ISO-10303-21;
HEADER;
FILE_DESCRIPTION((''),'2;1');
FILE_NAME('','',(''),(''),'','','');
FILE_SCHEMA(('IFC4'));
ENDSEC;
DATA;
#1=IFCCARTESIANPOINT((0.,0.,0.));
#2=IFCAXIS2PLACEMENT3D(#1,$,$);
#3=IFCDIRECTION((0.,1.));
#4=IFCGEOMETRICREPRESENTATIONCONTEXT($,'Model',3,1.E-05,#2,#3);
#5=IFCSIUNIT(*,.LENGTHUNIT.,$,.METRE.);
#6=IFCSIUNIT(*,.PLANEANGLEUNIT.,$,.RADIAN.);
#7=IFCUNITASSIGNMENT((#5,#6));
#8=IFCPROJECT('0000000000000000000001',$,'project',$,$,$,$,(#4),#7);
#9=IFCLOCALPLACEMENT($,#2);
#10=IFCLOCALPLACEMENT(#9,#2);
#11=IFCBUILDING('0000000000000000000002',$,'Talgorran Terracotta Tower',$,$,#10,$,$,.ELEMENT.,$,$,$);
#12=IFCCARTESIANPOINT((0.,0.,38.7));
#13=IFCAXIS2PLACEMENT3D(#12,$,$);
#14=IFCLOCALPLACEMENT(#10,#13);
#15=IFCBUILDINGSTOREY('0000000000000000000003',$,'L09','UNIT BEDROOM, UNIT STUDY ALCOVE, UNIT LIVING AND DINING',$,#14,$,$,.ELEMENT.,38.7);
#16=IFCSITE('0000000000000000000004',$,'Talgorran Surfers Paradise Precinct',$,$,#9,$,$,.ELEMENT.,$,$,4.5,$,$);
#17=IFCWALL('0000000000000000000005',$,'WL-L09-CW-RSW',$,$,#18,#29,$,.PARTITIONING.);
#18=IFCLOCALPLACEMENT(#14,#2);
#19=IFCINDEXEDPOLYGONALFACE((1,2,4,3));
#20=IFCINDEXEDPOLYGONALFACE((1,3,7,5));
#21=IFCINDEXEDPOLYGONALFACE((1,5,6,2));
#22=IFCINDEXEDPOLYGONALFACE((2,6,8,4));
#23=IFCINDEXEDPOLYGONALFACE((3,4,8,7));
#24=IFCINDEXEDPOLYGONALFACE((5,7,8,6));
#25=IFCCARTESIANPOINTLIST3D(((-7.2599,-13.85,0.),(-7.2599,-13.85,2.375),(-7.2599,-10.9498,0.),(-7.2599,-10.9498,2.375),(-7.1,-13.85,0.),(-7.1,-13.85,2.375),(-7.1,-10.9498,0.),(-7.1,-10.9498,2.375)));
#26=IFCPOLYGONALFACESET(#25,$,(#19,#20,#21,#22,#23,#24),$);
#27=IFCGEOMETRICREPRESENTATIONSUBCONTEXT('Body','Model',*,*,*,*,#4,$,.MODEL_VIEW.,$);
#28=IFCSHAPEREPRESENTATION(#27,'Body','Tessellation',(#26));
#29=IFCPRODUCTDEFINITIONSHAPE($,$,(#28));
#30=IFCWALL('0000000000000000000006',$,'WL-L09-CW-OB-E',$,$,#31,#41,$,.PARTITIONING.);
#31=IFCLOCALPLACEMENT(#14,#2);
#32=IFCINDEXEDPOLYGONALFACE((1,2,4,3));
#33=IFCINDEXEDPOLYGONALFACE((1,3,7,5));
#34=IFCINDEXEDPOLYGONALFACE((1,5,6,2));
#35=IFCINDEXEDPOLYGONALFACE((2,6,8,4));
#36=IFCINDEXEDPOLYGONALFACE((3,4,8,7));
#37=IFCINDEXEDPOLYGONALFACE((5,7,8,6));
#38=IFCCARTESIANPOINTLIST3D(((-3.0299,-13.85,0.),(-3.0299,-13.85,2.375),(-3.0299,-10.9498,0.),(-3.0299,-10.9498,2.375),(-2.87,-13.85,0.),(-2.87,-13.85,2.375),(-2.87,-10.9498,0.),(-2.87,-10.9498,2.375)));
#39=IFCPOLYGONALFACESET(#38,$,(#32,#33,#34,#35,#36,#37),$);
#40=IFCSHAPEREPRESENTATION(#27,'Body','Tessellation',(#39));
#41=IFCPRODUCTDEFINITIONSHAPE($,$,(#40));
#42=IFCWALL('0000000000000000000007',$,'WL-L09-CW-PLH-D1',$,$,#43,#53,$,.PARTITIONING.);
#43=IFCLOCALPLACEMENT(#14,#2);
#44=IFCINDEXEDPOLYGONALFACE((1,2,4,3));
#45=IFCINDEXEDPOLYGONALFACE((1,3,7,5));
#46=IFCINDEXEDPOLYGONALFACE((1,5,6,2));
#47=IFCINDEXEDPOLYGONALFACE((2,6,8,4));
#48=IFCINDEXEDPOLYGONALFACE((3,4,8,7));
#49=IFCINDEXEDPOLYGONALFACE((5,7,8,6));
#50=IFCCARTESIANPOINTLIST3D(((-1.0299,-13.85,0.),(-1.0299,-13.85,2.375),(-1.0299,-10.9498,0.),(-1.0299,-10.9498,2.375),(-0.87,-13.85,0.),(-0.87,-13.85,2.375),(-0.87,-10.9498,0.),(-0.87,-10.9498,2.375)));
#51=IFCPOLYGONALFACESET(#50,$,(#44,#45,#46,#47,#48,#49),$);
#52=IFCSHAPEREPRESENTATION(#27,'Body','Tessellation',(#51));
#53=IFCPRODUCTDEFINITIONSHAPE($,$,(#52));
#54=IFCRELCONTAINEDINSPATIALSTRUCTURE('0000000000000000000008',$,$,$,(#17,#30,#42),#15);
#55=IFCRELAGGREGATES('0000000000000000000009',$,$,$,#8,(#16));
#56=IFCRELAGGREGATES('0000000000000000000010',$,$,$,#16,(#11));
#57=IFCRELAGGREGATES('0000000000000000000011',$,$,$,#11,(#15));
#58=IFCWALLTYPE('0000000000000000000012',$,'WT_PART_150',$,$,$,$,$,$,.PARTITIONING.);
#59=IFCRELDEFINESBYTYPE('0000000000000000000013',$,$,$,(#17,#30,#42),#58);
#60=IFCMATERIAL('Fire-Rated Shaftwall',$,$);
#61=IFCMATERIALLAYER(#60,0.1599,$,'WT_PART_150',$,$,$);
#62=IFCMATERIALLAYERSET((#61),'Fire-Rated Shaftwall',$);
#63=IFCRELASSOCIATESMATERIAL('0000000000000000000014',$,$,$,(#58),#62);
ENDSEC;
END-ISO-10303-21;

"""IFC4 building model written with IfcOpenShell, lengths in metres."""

from ifc_helpers import new_model, si_unit, direction, frame, frame_2d, origin, place, context, subcontext, project, spatial, rectangle, extrude, material, layer, layer_set, type_object, element, save


model = new_model("IFC4")

# Units and contexts
model_context = context("Model", 3, precision=1e-05, world=origin(), true_north=direction((0.0, 1.0)))
body_context = subcontext(model_context, "Body", "Model", "MODEL_VIEW")
ifc_project = project(units=[si_unit("LENGTHUNIT", "METRE"), si_unit("PLANEANGLEUNIT", "RADIAN")], contexts=[model_context])

# Site, building, storey
site_placement = place(None, origin())
site = spatial("IfcSite", under=ifc_project, at=site_placement, Name="Talgorran Surfers Paradise Precinct", CompositionType="ELEMENT", RefElevation=4.5)
building_placement = place(site_placement, origin())
building = spatial("IfcBuilding", under=site, at=building_placement, Name="Talgorran Terracotta Tower", CompositionType="ELEMENT")
storey_placement = place(building_placement, frame((0.0, 0.0, 38.7)))
storey = spatial("IfcBuildingStorey", under=building, at=storey_placement, Name="L09", Description="UNIT BEDROOM, UNIT STUDY ALCOVE, UNIT LIVING AND DINING", CompositionType="ELEMENT", Elevation=38.7)

# Walls
ifc_material_1 = material(Name="Fire-Rated Shaftwall")
ifc_layer_1 = layer(ifc_material_1, 0.1599, Name="WT_PART_150")
ifc_layer_set_1 = layer_set([ifc_layer_1], Name="Fire-Rated Shaftwall")
wall_type_1 = type_object("IfcWallType", Name="WT_PART_150", PredefinedType="PARTITIONING", material=ifc_layer_set_1)
for number, where, z_axis, x_axis, name in (
    (1, (-7.1799, -13.8501, 0.0), (0.0, 0.0, 1.0), (0.0, 1.0, 0.0), "WL-L09-CW-RSW"),
    (2, (-2.95, -13.8501, 0.0), (0.0, 0.0, 1.0), (0.0, 1.0, 0.0), "WL-L09-CW-OB-E"),
    (3, (-0.95, -13.8501, 0.0), (0.0, 0.0, 1.0), (0.0, 1.0, 0.0), "WL-L09-CW-PLH-D1"),
):
    element("IfcWall", number, at=place(storey_placement, frame(where, z_axis=z_axis, x_axis=x_axis)), inside=storey, type_object=wall_type_1, Name=name, PredefinedType="PARTITIONING", context=body_context, shape_type="SweptSolid", body=[
        extrude(rectangle(XDim=2.9001, YDim=0.1599, at=frame_2d((1.4502, 0.0))), origin(), (0.0, 0.0, 1.0), 2.375),
    ])

save(model, "model.ifc")
